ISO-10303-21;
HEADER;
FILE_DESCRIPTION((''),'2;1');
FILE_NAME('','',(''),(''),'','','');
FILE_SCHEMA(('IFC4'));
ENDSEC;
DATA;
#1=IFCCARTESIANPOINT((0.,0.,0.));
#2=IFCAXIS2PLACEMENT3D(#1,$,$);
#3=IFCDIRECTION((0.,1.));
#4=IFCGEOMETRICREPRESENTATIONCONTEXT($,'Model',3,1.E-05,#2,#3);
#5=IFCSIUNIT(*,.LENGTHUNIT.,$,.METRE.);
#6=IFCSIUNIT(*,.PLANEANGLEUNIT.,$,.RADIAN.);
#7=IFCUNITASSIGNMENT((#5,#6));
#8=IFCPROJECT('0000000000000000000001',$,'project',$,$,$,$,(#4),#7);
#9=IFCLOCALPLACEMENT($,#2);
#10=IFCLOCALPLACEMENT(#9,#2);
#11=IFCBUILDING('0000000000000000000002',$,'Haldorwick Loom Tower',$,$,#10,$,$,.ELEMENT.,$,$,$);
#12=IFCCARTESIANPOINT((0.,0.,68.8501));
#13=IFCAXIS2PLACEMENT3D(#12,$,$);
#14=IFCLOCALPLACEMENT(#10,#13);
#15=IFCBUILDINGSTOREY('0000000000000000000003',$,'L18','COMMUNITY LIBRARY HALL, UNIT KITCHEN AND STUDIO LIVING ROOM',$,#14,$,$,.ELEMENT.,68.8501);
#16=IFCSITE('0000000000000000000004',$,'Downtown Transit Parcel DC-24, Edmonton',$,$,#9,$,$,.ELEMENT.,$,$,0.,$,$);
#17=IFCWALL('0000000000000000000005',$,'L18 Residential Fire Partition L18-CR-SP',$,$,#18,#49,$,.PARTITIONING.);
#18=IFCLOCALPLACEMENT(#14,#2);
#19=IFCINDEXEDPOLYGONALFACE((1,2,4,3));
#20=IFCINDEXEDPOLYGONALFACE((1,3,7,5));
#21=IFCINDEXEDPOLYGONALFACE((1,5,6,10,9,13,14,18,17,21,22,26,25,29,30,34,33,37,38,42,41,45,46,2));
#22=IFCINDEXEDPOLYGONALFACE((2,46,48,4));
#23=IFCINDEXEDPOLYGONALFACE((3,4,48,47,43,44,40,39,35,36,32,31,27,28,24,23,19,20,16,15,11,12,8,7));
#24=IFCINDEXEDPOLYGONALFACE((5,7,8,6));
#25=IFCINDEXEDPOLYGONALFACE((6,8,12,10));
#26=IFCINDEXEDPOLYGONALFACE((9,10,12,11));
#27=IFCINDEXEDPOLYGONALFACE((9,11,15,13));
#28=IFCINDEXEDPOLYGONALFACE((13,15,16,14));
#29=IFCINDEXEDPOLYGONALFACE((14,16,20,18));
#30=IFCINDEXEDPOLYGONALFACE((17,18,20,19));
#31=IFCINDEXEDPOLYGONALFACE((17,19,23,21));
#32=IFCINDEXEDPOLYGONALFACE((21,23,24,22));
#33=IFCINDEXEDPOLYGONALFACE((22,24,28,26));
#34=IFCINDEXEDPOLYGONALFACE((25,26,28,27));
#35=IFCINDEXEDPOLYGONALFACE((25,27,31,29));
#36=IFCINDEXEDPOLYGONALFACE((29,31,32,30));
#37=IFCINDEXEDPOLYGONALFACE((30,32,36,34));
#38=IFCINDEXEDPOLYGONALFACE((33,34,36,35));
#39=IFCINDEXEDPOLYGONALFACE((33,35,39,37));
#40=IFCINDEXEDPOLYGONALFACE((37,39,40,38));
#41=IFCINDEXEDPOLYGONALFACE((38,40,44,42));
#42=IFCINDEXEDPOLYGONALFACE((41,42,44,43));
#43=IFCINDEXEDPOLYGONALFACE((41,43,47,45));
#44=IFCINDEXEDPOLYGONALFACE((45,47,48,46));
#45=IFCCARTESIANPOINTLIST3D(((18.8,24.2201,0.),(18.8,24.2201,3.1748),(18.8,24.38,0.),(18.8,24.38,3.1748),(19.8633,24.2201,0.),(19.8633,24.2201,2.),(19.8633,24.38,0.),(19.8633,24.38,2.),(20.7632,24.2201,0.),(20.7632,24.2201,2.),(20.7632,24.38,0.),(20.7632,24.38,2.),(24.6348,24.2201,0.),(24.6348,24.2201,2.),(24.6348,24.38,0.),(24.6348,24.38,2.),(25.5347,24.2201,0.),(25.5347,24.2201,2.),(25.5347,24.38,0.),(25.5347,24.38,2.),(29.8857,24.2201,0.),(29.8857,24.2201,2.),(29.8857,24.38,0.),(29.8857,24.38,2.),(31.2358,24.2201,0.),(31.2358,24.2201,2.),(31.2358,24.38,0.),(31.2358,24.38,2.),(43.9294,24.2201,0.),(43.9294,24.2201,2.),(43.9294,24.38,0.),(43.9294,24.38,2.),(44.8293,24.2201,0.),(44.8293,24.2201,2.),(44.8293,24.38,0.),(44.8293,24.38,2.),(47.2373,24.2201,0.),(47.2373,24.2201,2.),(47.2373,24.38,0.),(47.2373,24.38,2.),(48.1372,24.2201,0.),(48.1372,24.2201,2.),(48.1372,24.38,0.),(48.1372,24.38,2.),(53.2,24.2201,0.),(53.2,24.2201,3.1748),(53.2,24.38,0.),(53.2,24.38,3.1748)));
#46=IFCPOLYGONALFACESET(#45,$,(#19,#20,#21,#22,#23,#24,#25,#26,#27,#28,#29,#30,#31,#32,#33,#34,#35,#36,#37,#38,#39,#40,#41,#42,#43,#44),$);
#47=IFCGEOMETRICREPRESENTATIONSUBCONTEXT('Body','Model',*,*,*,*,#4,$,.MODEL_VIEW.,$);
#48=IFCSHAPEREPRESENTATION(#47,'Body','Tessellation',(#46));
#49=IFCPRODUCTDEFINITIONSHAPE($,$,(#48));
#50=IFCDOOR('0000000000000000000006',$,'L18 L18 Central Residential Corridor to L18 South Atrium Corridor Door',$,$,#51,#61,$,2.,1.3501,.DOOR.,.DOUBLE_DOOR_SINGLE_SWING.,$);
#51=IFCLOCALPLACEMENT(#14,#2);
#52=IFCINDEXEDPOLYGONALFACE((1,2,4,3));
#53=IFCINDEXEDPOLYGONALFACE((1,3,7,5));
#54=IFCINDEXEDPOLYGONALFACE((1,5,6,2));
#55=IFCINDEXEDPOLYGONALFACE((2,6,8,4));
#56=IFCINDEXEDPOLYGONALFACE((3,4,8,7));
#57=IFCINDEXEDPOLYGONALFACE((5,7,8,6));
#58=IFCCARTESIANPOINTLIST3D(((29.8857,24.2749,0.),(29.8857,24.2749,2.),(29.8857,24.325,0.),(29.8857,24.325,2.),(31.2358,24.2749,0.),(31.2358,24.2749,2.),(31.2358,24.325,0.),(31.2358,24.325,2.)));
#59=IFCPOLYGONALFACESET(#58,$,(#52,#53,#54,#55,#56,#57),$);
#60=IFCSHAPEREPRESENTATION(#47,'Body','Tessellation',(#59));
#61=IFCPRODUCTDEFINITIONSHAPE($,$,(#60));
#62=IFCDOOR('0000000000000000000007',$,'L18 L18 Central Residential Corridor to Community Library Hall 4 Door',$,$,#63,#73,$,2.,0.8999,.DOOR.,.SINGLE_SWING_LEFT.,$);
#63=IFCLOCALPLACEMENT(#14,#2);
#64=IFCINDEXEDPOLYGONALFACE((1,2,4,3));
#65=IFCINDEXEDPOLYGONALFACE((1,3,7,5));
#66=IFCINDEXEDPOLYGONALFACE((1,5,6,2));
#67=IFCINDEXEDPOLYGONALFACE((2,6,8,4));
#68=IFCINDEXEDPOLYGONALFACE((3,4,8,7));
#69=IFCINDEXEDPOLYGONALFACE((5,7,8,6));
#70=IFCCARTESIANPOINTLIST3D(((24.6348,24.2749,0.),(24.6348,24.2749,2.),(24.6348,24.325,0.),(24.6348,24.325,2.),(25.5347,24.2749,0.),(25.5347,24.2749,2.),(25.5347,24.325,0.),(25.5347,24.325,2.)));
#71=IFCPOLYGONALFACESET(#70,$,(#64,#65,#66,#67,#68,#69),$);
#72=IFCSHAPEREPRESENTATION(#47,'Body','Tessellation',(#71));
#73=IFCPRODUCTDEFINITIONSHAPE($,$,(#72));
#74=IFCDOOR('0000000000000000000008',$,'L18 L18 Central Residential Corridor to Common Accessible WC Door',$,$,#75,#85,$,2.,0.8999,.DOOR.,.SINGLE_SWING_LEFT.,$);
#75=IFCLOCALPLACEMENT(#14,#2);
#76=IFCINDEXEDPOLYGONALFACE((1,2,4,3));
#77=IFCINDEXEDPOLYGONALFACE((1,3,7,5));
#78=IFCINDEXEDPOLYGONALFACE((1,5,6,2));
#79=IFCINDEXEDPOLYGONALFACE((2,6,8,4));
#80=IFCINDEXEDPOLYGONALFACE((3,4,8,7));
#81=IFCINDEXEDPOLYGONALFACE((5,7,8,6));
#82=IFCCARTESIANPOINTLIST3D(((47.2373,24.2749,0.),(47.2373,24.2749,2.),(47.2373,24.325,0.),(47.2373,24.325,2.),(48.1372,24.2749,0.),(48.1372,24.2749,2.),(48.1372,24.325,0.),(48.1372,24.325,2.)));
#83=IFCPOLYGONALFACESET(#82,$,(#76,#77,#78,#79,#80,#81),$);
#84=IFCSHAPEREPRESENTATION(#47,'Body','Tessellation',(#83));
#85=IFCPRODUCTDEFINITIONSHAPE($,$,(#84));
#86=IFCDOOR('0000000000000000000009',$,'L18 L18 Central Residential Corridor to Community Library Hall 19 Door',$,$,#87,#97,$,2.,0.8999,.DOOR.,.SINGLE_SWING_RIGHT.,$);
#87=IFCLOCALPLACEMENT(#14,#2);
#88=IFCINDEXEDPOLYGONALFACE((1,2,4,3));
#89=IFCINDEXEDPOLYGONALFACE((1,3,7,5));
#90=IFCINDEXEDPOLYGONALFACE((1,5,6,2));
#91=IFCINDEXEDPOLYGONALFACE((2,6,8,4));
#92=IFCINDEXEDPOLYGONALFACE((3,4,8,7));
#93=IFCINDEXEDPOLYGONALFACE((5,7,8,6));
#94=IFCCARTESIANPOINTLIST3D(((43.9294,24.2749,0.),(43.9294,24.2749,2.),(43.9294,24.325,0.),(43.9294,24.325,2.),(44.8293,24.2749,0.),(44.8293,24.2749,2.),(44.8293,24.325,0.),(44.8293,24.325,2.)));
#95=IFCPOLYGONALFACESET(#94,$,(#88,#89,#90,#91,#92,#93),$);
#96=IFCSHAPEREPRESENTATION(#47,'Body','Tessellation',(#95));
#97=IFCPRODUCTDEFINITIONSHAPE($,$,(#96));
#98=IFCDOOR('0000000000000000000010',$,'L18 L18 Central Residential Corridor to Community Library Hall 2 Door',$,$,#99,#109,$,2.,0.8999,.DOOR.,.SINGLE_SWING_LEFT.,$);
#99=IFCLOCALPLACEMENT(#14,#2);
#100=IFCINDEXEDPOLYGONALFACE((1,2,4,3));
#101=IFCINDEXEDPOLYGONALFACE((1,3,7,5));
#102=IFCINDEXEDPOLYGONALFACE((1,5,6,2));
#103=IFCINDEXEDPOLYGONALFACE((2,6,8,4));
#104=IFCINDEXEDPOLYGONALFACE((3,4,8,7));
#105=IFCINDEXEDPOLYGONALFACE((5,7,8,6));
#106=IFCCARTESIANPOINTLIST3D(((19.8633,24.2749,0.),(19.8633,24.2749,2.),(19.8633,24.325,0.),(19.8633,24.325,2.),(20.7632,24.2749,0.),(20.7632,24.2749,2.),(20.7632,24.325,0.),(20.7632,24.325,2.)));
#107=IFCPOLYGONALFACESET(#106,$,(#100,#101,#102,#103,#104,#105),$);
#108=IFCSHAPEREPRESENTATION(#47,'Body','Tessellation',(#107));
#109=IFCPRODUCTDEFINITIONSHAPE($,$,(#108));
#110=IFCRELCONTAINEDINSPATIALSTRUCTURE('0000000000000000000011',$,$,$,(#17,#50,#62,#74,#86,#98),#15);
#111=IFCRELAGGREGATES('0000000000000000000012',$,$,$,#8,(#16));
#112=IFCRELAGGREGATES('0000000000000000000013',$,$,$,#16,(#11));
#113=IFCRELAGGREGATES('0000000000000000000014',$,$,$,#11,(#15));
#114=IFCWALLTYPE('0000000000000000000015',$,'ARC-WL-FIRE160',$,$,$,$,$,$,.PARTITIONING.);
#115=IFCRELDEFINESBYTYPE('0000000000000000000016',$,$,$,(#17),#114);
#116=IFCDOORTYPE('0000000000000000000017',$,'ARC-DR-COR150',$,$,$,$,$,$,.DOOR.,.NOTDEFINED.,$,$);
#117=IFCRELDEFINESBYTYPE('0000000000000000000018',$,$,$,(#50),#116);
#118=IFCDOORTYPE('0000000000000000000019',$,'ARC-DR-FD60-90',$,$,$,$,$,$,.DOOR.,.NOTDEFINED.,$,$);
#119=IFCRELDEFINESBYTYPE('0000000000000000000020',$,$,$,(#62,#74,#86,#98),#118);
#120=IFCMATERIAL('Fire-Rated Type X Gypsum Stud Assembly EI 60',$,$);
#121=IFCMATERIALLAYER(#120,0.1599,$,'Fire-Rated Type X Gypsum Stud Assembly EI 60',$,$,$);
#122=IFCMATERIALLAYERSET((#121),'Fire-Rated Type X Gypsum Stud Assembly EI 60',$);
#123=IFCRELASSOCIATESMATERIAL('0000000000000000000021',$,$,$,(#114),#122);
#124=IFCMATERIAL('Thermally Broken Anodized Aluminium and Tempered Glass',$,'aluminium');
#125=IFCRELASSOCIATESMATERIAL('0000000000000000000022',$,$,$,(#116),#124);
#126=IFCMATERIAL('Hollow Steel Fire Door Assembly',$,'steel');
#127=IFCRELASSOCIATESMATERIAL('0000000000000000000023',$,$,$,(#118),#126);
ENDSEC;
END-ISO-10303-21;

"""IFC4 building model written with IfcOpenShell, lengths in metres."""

from ifc_helpers import new_model, si_unit, direction, frame, frame_2d, origin, place, context, subcontext, project, spatial, rectangle, extrude, material, layer, layer_set, type_object, element, fill, save


model = new_model("IFC4")

# Units and contexts
model_context = context("Model", 3, precision=1e-05, world=origin(), true_north=direction((0.0, 1.0)))
body_context = subcontext(model_context, "Body", "Model", "MODEL_VIEW")
ifc_project = project(units=[si_unit("LENGTHUNIT", "METRE"), si_unit("PLANEANGLEUNIT", "RADIAN")], contexts=[model_context])

# Site, building, storey
site_placement = place(None, origin())
site = spatial("IfcSite", under=ifc_project, at=site_placement, Name="Downtown Transit Parcel DC-24, Edmonton", CompositionType="ELEMENT", RefElevation=0.0)
building_placement = place(site_placement, origin())
building = spatial("IfcBuilding", under=site, at=building_placement, Name="Haldorwick Loom Tower", CompositionType="ELEMENT")
storey_placement = place(building_placement, frame((0.0, 0.0, 68.8501)))
storey = spatial("IfcBuildingStorey", under=building, at=storey_placement, Name="L18", Description="COMMUNITY LIBRARY HALL, UNIT KITCHEN AND STUDIO LIVING ROOM", CompositionType="ELEMENT", Elevation=68.8501)

# Wall, openings, doors
ifc_material_1 = material(Name="Fire-Rated Type X Gypsum Stud Assembly EI 60")
ifc_layer_1 = layer(ifc_material_1, 0.1599, Name="Fire-Rated Type X Gypsum Stud Assembly EI 60")
ifc_layer_set_1 = layer_set([ifc_layer_1], Name="Fire-Rated Type X Gypsum Stud Assembly EI 60")
wall_type_1 = type_object("IfcWallType", Name="ARC-WL-FIRE160", PredefinedType="PARTITIONING", material=ifc_layer_set_1)
wall_1_placement = place(storey_placement, frame((18.8, 24.3, 0.0), z_axis=(0.0, 0.0, 1.0), x_axis=(1.0, 0.0, 0.0)))
wall_1 = element("IfcWall", 1, at=wall_1_placement, inside=storey, type_object=wall_type_1, Name="L18 Residential Fire Partition L18-CR-SP", PredefinedType="PARTITIONING", context=body_context, shape_type="SweptSolid", body=[
    extrude(rectangle(XDim=34.3999, YDim=0.1599, at=frame_2d((17.2, 0.0))), origin(), (0.0, 0.0, 1.0), 3.1748),
])
opening_1_placement = place(wall_1_placement, frame((11.0857, 0.0, 0.0)))
opening_1 = element("IfcOpeningElement", 2, at=opening_1_placement, cuts=wall_1, PredefinedType="OPENING", context=body_context, shape_type="SweptSolid", body=[
    extrude(rectangle(XDim=1.3501, YDim=2.0, at=frame_2d((0.675, 1.0))), frame((0.0, 0.0898, 0.0), z_axis=(0.0, -1.0, 0.0), x_axis=(1.0, 0.0, 0.0)), (0.0, 0.0, 1.0), 0.1799),
])
opening_2_placement = place(wall_1_placement, frame((5.8347, 0.0, 0.0)))
opening_2 = element("IfcOpeningElement", 3, at=opening_2_placement, cuts=wall_1, PredefinedType="OPENING", context=body_context, shape_type="SweptSolid", body=[
    extrude(rectangle(XDim=0.8999, YDim=2.0, at=frame_2d((0.45, 1.0))), frame((0.0, 0.0898, 0.0), z_axis=(0.0, -1.0, 0.0), x_axis=(1.0, 0.0, 0.0)), (0.0, 0.0, 1.0), 0.1799),
])
opening_3_placement = place(wall_1_placement, frame((28.4373, 0.0, 0.0)))
opening_3 = element("IfcOpeningElement", 4, at=opening_3_placement, cuts=wall_1, PredefinedType="OPENING", context=body_context, shape_type="SweptSolid", body=[
    extrude(rectangle(XDim=0.8999, YDim=2.0, at=frame_2d((0.45, 1.0))), frame((0.0, 0.0898, 0.0), z_axis=(0.0, -1.0, 0.0), x_axis=(1.0, 0.0, 0.0)), (0.0, 0.0, 1.0), 0.1799),
])
opening_4_placement = place(wall_1_placement, frame((25.1294, 0.0, 0.0)))
opening_4 = element("IfcOpeningElement", 5, at=opening_4_placement, cuts=wall_1, PredefinedType="OPENING", context=body_context, shape_type="SweptSolid", body=[
    extrude(rectangle(XDim=0.8999, YDim=2.0, at=frame_2d((0.45, 1.0))), frame((0.0, 0.0898, 0.0), z_axis=(0.0, -1.0, 0.0), x_axis=(1.0, 0.0, 0.0)), (0.0, 0.0, 1.0), 0.1799),
])
opening_5_placement = place(wall_1_placement, frame((1.0632, 0.0, 0.0)))
opening_5 = element("IfcOpeningElement", 6, at=opening_5_placement, cuts=wall_1, PredefinedType="OPENING", context=body_context, shape_type="SweptSolid", body=[
    extrude(rectangle(XDim=0.8999, YDim=2.0, at=frame_2d((0.45, 1.0))), frame((0.0, 0.0898, 0.0), z_axis=(0.0, -1.0, 0.0), x_axis=(1.0, 0.0, 0.0)), (0.0, 0.0, 1.0), 0.1799),
])
ifc_material_2 = material(Name="Thermally Broken Anodized Aluminium and Tempered Glass", Category="aluminium")
door_type_1 = type_object("IfcDoorType", Name="ARC-DR-COR150", OperationType="NOTDEFINED", PredefinedType="DOOR", material=ifc_material_2)
door_1_placement = place(opening_1_placement, origin())
door_1 = element("IfcDoor", 7, at=door_1_placement, inside=storey, type_object=door_type_1, Name="L18 L18 Central Residential Corridor to L18 South Atrium Corridor Door", OperationType="DOUBLE_DOOR_SINGLE_SWING", OverallHeight=2.0, OverallWidth=1.3501, PredefinedType="DOOR", context=body_context, shape_type="SweptSolid", body=[
    extrude(rectangle(XDim=1.3501, YDim=2.0, at=frame_2d((0.675, 1.0))), frame((0.0, 0.0249, 0.0), z_axis=(0.0, -1.0, 0.0), x_axis=(1.0, 0.0, 0.0)), (0.0, 0.0, 1.0), 0.05),
])
fill(opening_1, door_1)
ifc_material_3 = material(Name="Hollow Steel Fire Door Assembly", Category="steel")
door_type_2 = type_object("IfcDoorType", Name="ARC-DR-FD60-90", OperationType="NOTDEFINED", PredefinedType="DOOR", material=ifc_material_3)
door_2_placement = place(opening_2_placement, origin())
door_2 = element("IfcDoor", 8, at=door_2_placement, inside=storey, type_object=door_type_2, Name="L18 L18 Central Residential Corridor to Community Library Hall 4 Door", OperationType="SINGLE_SWING_LEFT", OverallHeight=2.0, OverallWidth=0.8999, PredefinedType="DOOR", context=body_context, shape_type="SweptSolid", body=[
    extrude(rectangle(XDim=0.8999, YDim=2.0, at=frame_2d((0.45, 1.0))), frame((0.0, 0.0249, 0.0), z_axis=(0.0, -1.0, 0.0), x_axis=(1.0, 0.0, 0.0)), (0.0, 0.0, 1.0), 0.05),
])
fill(opening_2, door_2)
door_3_placement = place(opening_3_placement, origin())
door_3 = element("IfcDoor", 9, at=door_3_placement, inside=storey, type_object=door_type_2, Name="L18 L18 Central Residential Corridor to Common Accessible WC Door", OperationType="SINGLE_SWING_LEFT", OverallHeight=2.0, OverallWidth=0.8999, PredefinedType="DOOR", context=body_context, shape_type="SweptSolid", body=[
    extrude(rectangle(XDim=0.8999, YDim=2.0, at=frame_2d((0.45, 1.0))), frame((0.0, 0.0249, 0.0), z_axis=(0.0, -1.0, 0.0), x_axis=(1.0, 0.0, 0.0)), (0.0, 0.0, 1.0), 0.05),
])
fill(opening_3, door_3)
door_4_placement = place(opening_4_placement, origin())
door_4 = element("IfcDoor", 10, at=door_4_placement, inside=storey, type_object=door_type_2, Name="L18 L18 Central Residential Corridor to Community Library Hall 19 Door", OperationType="SINGLE_SWING_RIGHT", OverallHeight=2.0, OverallWidth=0.8999, PredefinedType="DOOR", context=body_context, shape_type="SweptSolid", body=[
    extrude(rectangle(XDim=0.8999, YDim=2.0, at=frame_2d((0.45, 1.0))), frame((0.0, 0.0249, 0.0), z_axis=(0.0, -1.0, 0.0), x_axis=(1.0, 0.0, 0.0)), (0.0, 0.0, 1.0), 0.05),
])
fill(opening_4, door_4)
door_5_placement = place(opening_5_placement, origin())
door_5 = element("IfcDoor", 11, at=door_5_placement, inside=storey, type_object=door_type_2, Name="L18 L18 Central Residential Corridor to Community Library Hall 2 Door", OperationType="SINGLE_SWING_LEFT", OverallHeight=2.0, OverallWidth=0.8999, PredefinedType="DOOR", context=body_context, shape_type="SweptSolid", body=[
    extrude(rectangle(XDim=0.8999, YDim=2.0, at=frame_2d((0.45, 1.0))), frame((0.0, 0.0249, 0.0), z_axis=(0.0, -1.0, 0.0), x_axis=(1.0, 0.0, 0.0)), (0.0, 0.0, 1.0), 0.05),
])
fill(opening_5, door_5)

save(model, "model.ifc")
